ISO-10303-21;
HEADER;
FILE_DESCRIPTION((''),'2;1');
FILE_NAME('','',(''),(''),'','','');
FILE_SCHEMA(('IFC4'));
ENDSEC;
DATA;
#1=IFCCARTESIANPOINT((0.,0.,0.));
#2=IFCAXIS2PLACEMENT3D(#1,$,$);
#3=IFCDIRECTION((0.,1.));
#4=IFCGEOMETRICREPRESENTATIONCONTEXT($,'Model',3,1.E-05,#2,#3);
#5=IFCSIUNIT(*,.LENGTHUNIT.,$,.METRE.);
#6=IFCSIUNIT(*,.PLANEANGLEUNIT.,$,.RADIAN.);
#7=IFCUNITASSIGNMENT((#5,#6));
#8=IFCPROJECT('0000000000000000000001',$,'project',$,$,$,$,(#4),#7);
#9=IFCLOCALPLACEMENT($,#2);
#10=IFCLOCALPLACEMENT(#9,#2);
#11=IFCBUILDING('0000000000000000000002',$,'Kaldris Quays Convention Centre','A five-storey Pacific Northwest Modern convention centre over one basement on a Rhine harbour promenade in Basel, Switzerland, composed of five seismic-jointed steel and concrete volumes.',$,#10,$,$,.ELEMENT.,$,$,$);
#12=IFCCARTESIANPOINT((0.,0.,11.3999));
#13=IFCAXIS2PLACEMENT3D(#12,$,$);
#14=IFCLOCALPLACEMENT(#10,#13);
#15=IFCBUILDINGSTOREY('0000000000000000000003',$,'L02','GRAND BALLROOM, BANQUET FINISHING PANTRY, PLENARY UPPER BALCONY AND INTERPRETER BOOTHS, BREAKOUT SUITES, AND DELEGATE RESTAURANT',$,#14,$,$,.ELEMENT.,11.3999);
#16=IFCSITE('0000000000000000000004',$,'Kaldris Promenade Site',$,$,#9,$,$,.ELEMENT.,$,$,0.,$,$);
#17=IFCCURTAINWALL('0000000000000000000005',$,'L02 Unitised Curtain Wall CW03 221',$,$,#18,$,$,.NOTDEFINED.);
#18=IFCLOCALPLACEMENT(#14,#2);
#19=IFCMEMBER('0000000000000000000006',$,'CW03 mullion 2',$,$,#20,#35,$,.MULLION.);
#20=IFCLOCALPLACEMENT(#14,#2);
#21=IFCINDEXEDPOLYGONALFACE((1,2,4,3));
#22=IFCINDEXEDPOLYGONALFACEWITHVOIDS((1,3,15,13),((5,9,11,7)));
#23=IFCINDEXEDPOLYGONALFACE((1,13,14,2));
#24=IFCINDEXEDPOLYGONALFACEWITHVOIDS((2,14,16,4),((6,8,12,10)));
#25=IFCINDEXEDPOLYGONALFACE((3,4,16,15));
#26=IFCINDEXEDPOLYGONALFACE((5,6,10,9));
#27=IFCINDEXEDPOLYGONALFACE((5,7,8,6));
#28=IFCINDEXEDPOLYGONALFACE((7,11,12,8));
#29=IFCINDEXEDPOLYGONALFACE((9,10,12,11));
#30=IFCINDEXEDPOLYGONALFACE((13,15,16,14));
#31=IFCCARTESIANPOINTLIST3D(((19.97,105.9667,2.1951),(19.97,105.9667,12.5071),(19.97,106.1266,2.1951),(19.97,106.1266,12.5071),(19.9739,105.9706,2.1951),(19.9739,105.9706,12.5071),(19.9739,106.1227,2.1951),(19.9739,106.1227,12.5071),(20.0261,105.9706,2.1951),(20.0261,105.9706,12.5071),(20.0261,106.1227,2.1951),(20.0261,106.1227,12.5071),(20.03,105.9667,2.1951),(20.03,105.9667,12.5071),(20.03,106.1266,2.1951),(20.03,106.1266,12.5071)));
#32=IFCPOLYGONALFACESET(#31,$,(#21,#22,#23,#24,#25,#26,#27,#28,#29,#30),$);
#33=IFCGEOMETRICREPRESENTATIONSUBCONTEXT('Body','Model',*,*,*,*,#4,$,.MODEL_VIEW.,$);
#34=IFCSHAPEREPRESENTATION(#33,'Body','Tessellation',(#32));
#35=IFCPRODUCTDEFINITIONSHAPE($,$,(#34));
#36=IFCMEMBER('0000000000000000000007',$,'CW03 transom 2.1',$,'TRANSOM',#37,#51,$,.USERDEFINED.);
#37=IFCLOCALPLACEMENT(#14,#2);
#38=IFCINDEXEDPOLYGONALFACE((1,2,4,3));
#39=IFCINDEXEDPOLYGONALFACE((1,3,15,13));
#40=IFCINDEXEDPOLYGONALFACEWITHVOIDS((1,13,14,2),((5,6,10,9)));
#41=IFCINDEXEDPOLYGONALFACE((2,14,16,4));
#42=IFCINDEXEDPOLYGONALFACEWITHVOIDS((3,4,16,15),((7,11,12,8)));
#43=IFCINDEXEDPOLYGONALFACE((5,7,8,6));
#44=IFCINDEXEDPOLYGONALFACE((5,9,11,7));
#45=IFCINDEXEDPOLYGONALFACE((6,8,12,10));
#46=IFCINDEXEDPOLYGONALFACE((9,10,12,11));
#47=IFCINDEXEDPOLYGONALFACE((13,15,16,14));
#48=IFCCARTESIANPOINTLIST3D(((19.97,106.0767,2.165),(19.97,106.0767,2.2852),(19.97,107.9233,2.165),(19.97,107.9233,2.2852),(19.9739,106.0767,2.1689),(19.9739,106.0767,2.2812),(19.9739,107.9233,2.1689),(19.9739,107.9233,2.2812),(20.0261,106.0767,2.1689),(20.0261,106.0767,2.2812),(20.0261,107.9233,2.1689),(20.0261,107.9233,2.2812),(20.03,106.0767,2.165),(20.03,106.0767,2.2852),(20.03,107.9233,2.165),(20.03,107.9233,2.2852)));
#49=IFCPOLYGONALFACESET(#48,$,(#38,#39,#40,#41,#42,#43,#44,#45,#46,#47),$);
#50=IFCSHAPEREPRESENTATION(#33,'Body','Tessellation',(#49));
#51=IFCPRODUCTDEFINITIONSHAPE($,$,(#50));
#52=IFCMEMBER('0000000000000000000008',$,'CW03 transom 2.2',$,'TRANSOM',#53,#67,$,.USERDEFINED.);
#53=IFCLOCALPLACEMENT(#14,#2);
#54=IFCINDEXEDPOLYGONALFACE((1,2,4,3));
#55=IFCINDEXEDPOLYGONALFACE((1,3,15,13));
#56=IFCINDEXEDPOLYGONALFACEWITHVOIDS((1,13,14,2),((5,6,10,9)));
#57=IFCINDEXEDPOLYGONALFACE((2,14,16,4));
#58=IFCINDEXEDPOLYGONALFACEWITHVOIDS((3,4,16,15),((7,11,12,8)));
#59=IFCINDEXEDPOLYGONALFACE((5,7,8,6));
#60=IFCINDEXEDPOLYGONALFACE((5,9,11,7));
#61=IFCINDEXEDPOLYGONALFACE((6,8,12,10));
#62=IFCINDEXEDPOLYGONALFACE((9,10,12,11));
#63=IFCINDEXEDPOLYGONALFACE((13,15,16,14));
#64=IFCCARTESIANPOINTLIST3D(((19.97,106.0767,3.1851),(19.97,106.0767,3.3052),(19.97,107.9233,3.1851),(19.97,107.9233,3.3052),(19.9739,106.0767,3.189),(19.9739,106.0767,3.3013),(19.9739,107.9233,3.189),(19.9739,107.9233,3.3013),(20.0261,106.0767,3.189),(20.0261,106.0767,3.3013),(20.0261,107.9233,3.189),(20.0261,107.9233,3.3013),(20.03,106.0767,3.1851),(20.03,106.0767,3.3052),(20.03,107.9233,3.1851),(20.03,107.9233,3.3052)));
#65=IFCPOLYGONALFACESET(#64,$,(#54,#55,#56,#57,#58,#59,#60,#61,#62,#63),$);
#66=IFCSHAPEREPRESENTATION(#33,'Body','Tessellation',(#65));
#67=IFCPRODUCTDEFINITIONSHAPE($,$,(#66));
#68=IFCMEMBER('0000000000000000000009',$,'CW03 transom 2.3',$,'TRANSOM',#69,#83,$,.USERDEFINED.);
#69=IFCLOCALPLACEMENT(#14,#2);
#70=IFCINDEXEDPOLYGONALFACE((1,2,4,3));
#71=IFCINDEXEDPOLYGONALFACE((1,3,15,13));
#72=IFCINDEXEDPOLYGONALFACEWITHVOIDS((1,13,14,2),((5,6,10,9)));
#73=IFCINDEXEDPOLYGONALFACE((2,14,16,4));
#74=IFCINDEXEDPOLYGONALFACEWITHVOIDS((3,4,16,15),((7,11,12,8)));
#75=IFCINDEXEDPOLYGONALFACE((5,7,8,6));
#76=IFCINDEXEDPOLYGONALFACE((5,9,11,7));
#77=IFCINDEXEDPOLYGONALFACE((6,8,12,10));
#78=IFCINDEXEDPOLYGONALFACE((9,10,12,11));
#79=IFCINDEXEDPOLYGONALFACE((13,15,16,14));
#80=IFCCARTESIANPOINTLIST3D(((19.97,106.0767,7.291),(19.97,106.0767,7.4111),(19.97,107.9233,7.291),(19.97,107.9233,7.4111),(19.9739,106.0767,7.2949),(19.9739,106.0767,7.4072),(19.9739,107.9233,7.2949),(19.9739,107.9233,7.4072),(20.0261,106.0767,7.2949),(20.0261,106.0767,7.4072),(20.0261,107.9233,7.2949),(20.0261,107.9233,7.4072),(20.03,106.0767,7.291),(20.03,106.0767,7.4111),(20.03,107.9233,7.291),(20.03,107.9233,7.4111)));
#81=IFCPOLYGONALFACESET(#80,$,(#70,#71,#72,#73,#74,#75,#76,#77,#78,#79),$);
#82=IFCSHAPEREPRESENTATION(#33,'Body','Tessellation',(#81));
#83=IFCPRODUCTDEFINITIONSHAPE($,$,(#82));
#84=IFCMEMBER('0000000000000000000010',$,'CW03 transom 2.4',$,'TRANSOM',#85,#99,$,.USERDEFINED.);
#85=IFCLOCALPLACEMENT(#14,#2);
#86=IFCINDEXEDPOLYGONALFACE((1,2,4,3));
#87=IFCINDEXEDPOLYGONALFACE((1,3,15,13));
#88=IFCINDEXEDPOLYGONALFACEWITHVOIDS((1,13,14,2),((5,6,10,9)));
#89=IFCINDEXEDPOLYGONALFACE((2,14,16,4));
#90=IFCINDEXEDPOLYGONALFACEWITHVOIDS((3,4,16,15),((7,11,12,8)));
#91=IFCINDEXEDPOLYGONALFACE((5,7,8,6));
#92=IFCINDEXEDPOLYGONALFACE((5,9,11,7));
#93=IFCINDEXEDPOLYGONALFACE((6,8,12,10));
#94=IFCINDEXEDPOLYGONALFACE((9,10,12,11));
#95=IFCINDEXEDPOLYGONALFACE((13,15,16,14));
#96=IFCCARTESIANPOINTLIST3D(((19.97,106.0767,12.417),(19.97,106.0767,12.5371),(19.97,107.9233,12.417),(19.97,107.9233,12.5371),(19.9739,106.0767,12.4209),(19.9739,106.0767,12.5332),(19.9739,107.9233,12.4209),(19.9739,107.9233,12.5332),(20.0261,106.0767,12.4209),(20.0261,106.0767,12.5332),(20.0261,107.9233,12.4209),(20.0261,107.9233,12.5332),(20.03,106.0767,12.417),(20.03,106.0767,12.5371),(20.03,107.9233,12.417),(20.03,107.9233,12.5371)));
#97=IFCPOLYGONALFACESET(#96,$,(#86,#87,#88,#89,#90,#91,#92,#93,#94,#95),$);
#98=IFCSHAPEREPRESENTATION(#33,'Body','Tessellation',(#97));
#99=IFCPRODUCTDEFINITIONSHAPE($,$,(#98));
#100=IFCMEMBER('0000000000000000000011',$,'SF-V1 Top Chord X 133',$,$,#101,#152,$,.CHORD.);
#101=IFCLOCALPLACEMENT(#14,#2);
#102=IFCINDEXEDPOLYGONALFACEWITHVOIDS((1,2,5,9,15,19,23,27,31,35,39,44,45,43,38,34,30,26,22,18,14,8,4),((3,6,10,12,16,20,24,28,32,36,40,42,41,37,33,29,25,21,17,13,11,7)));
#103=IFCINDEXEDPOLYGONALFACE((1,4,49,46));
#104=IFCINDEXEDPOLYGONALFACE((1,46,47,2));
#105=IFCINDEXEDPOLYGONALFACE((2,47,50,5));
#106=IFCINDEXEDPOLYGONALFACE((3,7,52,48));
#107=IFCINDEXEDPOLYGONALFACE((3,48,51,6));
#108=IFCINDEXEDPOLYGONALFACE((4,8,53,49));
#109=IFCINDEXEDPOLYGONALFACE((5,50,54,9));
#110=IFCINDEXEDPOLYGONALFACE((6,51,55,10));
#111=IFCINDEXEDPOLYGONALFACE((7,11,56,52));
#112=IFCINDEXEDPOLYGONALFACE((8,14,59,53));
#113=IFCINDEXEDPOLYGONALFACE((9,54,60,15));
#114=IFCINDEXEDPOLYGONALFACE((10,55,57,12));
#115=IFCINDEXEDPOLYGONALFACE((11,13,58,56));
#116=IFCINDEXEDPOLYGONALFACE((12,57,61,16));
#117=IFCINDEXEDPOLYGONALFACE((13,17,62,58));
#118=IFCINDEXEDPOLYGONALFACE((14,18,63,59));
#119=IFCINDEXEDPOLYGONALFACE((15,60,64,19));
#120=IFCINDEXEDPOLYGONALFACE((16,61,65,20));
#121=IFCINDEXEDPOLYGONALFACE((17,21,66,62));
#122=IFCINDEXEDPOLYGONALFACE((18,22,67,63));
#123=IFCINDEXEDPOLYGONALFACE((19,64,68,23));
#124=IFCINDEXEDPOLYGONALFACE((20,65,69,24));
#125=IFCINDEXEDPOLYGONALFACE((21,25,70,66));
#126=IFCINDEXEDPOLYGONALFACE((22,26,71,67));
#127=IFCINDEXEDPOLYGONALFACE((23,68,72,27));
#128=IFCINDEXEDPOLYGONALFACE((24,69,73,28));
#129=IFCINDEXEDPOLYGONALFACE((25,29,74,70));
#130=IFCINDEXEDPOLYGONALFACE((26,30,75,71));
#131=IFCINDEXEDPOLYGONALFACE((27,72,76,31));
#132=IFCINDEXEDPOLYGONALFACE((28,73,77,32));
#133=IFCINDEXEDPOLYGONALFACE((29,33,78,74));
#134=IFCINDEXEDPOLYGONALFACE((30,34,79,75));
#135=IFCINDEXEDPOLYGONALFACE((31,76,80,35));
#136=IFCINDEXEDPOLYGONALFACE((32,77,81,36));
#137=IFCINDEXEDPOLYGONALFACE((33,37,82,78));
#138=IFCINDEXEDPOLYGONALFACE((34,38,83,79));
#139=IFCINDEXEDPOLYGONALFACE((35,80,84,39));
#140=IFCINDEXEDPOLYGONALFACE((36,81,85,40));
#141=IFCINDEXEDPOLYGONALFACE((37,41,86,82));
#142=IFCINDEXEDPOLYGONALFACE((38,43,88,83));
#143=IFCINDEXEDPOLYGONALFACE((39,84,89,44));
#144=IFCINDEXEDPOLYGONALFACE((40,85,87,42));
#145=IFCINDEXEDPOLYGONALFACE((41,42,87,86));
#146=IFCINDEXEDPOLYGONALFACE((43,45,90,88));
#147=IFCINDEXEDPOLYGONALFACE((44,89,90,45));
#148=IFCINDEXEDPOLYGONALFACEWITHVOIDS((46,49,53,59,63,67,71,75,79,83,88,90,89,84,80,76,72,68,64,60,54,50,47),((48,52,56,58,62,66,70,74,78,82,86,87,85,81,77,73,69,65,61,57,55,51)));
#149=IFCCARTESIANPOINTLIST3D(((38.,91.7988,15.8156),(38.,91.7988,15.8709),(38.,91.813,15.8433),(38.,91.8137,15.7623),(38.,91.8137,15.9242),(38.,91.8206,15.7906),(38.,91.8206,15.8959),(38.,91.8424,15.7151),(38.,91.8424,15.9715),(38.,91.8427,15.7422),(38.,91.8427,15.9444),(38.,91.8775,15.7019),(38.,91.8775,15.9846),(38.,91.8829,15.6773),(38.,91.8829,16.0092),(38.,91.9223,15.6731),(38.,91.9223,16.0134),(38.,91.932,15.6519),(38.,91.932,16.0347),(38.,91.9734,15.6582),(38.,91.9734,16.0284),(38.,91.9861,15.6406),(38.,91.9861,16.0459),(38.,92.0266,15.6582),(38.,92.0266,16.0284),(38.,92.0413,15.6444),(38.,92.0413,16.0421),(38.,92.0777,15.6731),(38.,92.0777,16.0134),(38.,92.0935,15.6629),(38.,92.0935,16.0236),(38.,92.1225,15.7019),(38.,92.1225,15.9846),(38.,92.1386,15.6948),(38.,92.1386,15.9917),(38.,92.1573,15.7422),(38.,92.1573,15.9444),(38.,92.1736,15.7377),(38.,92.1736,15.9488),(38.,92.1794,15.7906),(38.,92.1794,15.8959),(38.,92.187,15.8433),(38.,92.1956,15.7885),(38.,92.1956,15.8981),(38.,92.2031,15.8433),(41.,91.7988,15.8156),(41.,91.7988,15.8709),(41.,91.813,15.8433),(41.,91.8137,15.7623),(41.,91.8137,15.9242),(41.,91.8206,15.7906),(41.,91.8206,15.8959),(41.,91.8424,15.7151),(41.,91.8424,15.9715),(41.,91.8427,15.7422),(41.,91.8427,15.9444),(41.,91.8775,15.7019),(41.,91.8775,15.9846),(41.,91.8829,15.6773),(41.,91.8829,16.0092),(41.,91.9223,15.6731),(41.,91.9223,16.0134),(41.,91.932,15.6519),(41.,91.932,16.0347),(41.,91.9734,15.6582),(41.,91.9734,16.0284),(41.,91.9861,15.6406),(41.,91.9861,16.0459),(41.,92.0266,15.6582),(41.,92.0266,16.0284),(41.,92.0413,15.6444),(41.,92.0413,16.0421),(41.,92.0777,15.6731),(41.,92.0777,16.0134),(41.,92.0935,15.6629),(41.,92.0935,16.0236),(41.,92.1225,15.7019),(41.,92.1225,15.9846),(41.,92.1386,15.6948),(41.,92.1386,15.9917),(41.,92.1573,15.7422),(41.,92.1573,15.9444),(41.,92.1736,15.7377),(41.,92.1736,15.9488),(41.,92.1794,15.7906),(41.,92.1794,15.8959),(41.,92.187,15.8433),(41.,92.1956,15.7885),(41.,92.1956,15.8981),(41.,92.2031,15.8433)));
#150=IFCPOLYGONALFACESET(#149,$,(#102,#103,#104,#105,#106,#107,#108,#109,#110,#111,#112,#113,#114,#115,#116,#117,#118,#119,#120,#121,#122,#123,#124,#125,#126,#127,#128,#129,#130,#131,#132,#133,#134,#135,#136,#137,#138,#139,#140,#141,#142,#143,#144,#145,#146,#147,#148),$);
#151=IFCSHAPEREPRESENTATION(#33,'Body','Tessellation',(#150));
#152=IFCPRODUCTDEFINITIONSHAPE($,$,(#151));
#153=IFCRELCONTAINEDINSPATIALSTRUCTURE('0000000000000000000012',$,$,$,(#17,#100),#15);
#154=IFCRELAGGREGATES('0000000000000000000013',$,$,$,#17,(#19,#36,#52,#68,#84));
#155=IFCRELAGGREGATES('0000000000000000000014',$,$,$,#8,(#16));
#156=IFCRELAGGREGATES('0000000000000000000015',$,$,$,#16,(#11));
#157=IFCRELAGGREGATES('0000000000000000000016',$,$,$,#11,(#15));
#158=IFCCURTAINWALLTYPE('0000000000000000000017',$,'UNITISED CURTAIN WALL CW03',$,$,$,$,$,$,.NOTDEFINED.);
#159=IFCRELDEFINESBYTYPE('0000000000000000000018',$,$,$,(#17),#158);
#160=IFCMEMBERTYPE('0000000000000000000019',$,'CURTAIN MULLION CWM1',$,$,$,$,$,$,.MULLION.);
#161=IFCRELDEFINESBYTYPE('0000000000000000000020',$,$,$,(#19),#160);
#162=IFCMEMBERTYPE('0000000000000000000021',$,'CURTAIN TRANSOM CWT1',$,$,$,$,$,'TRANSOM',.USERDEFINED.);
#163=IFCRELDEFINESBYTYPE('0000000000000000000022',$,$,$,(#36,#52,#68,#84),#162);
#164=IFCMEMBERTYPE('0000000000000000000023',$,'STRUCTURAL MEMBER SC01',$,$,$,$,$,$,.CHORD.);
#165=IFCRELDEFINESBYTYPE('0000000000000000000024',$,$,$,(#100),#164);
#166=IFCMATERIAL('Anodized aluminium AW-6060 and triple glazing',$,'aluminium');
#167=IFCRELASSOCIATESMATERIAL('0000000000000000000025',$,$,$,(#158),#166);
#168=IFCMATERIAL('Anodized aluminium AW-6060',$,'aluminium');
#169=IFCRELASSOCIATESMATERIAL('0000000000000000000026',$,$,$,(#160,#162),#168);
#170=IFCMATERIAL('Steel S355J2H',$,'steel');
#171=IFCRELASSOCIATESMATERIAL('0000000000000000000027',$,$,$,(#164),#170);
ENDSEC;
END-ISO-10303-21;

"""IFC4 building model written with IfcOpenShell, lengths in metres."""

from ifc_helpers import new_model, si_unit, direction, frame, origin, origin_2d, place, context, subcontext, project, spatial, hollow_rectangle, hollow_circle, extrude, material, material_profile, profile_set, type_object, element, aggregate, save


model = new_model("IFC4")

# Units and contexts
model_context = context("Model", 3, precision=1e-05, world=origin(), true_north=direction((0.0, 1.0)))
body_context = subcontext(model_context, "Body", "Model", "MODEL_VIEW")
ifc_project = project(units=[si_unit("LENGTHUNIT", "METRE"), si_unit("PLANEANGLEUNIT", "RADIAN")], contexts=[model_context])

# Site, building, storey
site_placement = place(None, origin())
site = spatial("IfcSite", under=ifc_project, at=site_placement, Name="Kaldris Promenade Site", CompositionType="ELEMENT", RefElevation=0.0)
building_placement = place(site_placement, origin())
building = spatial("IfcBuilding", under=site, at=building_placement, Name="Kaldris Quays Convention Centre", Description="A five-storey Pacific Northwest Modern convention centre over one basement on a Rhine harbour promenade in Basel, Switzerland, composed of five seismic-jointed steel and concrete volumes.", CompositionType="ELEMENT")
storey_placement = place(building_placement, frame((0.0, 0.0, 11.3999)))
storey = spatial("IfcBuildingStorey", under=building, at=storey_placement, Name="L02", Description="GRAND BALLROOM, BANQUET FINISHING PANTRY, PLENARY UPPER BALCONY AND INTERPRETER BOOTHS, BREAKOUT SUITES, AND DELEGATE RESTAURANT", CompositionType="ELEMENT", Elevation=11.3999)

# Curtain wall, members
ifc_material_1 = material(Name="Anodized aluminium AW-6060 and triple glazing", Category="aluminium")
curtain_wall_type = type_object("IfcCurtainWallType", Name="UNITISED CURTAIN WALL CW03", PredefinedType="NOTDEFINED", material=ifc_material_1)
curtain_wall_placement = place(storey_placement, origin())
curtain_wall = element("IfcCurtainWall", 1, at=curtain_wall_placement, inside=storey, type_object=curtain_wall_type, Name="L02 Unitised Curtain Wall CW03 221", PredefinedType="NOTDEFINED")
ifc_material_2 = material(Name="Anodized aluminium AW-6060", Category="aluminium")
ifc_material_profile_1 = material_profile(ifc_material_2, hollow_rectangle(XDim=0.0601, YDim=0.1599, WallThickness=0.0039, at=origin_2d()), Name="RHS 160x60x4")
ifc_profile_set_1 = profile_set([ifc_material_profile_1], Name="Anodized aluminium AW-6060")
member_type_1 = type_object("IfcMemberType", Name="CURTAIN MULLION CWM1", PredefinedType="MULLION", material=ifc_profile_set_1)
member_1_placement = place(storey_placement, frame((20.0, 106.0466, 2.1951), z_axis=(0.0, 0.0, 1.0), x_axis=(-1.0, 0.0, 0.0)))
member_1 = element("IfcMember", 2, at=member_1_placement, type_object=member_type_1, Name="CW03 mullion 2", PredefinedType="MULLION", context=body_context, shape_type="SweptSolid", body=[
    extrude(hollow_rectangle(XDim=0.0601, YDim=0.1599, WallThickness=0.0039, at=origin_2d()), origin(), (0.0, 0.0, 1.0), 10.312),
])
ifc_material_profile_2 = material_profile(ifc_material_2, hollow_rectangle(XDim=0.0601, YDim=0.1201, WallThickness=0.0039, at=origin_2d()), Name="RHS 120x60x4")
ifc_profile_set_2 = profile_set([ifc_material_profile_2], Name="Anodized aluminium AW-6060")
member_type_2 = type_object("IfcMemberType", Name="CURTAIN TRANSOM CWT1", ElementType="TRANSOM", PredefinedType="USERDEFINED", material=ifc_profile_set_2)
member_2_placement = place(storey_placement, frame((20.0, 106.0767, 2.2251), z_axis=(0.0, 1.0, 0.0), x_axis=(-1.0, 0.0, 0.0)))
member_2 = element("IfcMember", 3, at=member_2_placement, type_object=member_type_2, Name="CW03 transom 2.1", ObjectType="TRANSOM", PredefinedType="USERDEFINED", context=body_context, shape_type="SweptSolid", body=[
    extrude(hollow_rectangle(XDim=0.0601, YDim=0.1201, WallThickness=0.0039, at=origin_2d()), origin(), (0.0, 0.0, 1.0), 1.8467),
])
member_3_placement = place(storey_placement, frame((20.0, 106.0767, 3.2451), z_axis=(0.0, 1.0, 0.0), x_axis=(-1.0, 0.0, 0.0)))
member_3 = element("IfcMember", 4, at=member_3_placement, type_object=member_type_2, Name="CW03 transom 2.2", ObjectType="TRANSOM", PredefinedType="USERDEFINED", context=body_context, shape_type="SweptSolid", body=[
    extrude(hollow_rectangle(XDim=0.0601, YDim=0.1201, WallThickness=0.0039, at=origin_2d()), origin(), (0.0, 0.0, 1.0), 1.8467),
])
member_4_placement = place(storey_placement, frame((20.0, 106.0767, 7.3511), z_axis=(0.0, 1.0, 0.0), x_axis=(-1.0, 0.0, 0.0)))
member_4 = element("IfcMember", 5, at=member_4_placement, type_object=member_type_2, Name="CW03 transom 2.3", ObjectType="TRANSOM", PredefinedType="USERDEFINED", context=body_context, shape_type="SweptSolid", body=[
    extrude(hollow_rectangle(XDim=0.0601, YDim=0.1201, WallThickness=0.0039, at=origin_2d()), origin(), (0.0, 0.0, 1.0), 1.8467),
])
member_5_placement = place(storey_placement, frame((20.0, 106.0767, 12.4771), z_axis=(0.0, 1.0, 0.0), x_axis=(-1.0, 0.0, 0.0)))
member_5 = element("IfcMember", 6, at=member_5_placement, type_object=member_type_2, Name="CW03 transom 2.4", ObjectType="TRANSOM", PredefinedType="USERDEFINED", context=body_context, shape_type="SweptSolid", body=[
    extrude(hollow_rectangle(XDim=0.0601, YDim=0.1201, WallThickness=0.0039, at=origin_2d()), origin(), (0.0, 0.0, 1.0), 1.8467),
])

# Member
ifc_material_3 = material(Name="Steel S355J2H", Category="steel")
ifc_material_profile_3 = material_profile(ifc_material_3, hollow_circle(Radius=0.2031, WallThickness=0.0161, at=origin_2d()), Name="CHS 406.4x16")
ifc_profile_set_3 = profile_set([ifc_material_profile_3], Name="Steel S355J2H")
member_type_3 = type_object("IfcMemberType", Name="STRUCTURAL MEMBER SC01", PredefinedType="CHORD", material=ifc_profile_set_3)
for number, where, z_axis, x_axis, name in (
    (7, (38.0, 92.0, 15.8433), (1.0, 0.0, 0.0), (0.0, 1.0, 0.0), "SF-V1 Top Chord X 133"),
):
    element("IfcMember", number, at=place(storey_placement, frame(where, z_axis=z_axis, x_axis=x_axis)), inside=storey, type_object=member_type_3, Name=name, PredefinedType="CHORD", context=body_context, shape_type="SweptSolid", body=[
        extrude(hollow_circle(Radius=0.2031, WallThickness=0.0161, at=origin_2d()), origin(), (0.0, 0.0, 1.0), 3.0),
    ])

aggregate(curtain_wall, [member_1, member_2, member_3, member_4, member_5])

save(model, "model.ifc")
